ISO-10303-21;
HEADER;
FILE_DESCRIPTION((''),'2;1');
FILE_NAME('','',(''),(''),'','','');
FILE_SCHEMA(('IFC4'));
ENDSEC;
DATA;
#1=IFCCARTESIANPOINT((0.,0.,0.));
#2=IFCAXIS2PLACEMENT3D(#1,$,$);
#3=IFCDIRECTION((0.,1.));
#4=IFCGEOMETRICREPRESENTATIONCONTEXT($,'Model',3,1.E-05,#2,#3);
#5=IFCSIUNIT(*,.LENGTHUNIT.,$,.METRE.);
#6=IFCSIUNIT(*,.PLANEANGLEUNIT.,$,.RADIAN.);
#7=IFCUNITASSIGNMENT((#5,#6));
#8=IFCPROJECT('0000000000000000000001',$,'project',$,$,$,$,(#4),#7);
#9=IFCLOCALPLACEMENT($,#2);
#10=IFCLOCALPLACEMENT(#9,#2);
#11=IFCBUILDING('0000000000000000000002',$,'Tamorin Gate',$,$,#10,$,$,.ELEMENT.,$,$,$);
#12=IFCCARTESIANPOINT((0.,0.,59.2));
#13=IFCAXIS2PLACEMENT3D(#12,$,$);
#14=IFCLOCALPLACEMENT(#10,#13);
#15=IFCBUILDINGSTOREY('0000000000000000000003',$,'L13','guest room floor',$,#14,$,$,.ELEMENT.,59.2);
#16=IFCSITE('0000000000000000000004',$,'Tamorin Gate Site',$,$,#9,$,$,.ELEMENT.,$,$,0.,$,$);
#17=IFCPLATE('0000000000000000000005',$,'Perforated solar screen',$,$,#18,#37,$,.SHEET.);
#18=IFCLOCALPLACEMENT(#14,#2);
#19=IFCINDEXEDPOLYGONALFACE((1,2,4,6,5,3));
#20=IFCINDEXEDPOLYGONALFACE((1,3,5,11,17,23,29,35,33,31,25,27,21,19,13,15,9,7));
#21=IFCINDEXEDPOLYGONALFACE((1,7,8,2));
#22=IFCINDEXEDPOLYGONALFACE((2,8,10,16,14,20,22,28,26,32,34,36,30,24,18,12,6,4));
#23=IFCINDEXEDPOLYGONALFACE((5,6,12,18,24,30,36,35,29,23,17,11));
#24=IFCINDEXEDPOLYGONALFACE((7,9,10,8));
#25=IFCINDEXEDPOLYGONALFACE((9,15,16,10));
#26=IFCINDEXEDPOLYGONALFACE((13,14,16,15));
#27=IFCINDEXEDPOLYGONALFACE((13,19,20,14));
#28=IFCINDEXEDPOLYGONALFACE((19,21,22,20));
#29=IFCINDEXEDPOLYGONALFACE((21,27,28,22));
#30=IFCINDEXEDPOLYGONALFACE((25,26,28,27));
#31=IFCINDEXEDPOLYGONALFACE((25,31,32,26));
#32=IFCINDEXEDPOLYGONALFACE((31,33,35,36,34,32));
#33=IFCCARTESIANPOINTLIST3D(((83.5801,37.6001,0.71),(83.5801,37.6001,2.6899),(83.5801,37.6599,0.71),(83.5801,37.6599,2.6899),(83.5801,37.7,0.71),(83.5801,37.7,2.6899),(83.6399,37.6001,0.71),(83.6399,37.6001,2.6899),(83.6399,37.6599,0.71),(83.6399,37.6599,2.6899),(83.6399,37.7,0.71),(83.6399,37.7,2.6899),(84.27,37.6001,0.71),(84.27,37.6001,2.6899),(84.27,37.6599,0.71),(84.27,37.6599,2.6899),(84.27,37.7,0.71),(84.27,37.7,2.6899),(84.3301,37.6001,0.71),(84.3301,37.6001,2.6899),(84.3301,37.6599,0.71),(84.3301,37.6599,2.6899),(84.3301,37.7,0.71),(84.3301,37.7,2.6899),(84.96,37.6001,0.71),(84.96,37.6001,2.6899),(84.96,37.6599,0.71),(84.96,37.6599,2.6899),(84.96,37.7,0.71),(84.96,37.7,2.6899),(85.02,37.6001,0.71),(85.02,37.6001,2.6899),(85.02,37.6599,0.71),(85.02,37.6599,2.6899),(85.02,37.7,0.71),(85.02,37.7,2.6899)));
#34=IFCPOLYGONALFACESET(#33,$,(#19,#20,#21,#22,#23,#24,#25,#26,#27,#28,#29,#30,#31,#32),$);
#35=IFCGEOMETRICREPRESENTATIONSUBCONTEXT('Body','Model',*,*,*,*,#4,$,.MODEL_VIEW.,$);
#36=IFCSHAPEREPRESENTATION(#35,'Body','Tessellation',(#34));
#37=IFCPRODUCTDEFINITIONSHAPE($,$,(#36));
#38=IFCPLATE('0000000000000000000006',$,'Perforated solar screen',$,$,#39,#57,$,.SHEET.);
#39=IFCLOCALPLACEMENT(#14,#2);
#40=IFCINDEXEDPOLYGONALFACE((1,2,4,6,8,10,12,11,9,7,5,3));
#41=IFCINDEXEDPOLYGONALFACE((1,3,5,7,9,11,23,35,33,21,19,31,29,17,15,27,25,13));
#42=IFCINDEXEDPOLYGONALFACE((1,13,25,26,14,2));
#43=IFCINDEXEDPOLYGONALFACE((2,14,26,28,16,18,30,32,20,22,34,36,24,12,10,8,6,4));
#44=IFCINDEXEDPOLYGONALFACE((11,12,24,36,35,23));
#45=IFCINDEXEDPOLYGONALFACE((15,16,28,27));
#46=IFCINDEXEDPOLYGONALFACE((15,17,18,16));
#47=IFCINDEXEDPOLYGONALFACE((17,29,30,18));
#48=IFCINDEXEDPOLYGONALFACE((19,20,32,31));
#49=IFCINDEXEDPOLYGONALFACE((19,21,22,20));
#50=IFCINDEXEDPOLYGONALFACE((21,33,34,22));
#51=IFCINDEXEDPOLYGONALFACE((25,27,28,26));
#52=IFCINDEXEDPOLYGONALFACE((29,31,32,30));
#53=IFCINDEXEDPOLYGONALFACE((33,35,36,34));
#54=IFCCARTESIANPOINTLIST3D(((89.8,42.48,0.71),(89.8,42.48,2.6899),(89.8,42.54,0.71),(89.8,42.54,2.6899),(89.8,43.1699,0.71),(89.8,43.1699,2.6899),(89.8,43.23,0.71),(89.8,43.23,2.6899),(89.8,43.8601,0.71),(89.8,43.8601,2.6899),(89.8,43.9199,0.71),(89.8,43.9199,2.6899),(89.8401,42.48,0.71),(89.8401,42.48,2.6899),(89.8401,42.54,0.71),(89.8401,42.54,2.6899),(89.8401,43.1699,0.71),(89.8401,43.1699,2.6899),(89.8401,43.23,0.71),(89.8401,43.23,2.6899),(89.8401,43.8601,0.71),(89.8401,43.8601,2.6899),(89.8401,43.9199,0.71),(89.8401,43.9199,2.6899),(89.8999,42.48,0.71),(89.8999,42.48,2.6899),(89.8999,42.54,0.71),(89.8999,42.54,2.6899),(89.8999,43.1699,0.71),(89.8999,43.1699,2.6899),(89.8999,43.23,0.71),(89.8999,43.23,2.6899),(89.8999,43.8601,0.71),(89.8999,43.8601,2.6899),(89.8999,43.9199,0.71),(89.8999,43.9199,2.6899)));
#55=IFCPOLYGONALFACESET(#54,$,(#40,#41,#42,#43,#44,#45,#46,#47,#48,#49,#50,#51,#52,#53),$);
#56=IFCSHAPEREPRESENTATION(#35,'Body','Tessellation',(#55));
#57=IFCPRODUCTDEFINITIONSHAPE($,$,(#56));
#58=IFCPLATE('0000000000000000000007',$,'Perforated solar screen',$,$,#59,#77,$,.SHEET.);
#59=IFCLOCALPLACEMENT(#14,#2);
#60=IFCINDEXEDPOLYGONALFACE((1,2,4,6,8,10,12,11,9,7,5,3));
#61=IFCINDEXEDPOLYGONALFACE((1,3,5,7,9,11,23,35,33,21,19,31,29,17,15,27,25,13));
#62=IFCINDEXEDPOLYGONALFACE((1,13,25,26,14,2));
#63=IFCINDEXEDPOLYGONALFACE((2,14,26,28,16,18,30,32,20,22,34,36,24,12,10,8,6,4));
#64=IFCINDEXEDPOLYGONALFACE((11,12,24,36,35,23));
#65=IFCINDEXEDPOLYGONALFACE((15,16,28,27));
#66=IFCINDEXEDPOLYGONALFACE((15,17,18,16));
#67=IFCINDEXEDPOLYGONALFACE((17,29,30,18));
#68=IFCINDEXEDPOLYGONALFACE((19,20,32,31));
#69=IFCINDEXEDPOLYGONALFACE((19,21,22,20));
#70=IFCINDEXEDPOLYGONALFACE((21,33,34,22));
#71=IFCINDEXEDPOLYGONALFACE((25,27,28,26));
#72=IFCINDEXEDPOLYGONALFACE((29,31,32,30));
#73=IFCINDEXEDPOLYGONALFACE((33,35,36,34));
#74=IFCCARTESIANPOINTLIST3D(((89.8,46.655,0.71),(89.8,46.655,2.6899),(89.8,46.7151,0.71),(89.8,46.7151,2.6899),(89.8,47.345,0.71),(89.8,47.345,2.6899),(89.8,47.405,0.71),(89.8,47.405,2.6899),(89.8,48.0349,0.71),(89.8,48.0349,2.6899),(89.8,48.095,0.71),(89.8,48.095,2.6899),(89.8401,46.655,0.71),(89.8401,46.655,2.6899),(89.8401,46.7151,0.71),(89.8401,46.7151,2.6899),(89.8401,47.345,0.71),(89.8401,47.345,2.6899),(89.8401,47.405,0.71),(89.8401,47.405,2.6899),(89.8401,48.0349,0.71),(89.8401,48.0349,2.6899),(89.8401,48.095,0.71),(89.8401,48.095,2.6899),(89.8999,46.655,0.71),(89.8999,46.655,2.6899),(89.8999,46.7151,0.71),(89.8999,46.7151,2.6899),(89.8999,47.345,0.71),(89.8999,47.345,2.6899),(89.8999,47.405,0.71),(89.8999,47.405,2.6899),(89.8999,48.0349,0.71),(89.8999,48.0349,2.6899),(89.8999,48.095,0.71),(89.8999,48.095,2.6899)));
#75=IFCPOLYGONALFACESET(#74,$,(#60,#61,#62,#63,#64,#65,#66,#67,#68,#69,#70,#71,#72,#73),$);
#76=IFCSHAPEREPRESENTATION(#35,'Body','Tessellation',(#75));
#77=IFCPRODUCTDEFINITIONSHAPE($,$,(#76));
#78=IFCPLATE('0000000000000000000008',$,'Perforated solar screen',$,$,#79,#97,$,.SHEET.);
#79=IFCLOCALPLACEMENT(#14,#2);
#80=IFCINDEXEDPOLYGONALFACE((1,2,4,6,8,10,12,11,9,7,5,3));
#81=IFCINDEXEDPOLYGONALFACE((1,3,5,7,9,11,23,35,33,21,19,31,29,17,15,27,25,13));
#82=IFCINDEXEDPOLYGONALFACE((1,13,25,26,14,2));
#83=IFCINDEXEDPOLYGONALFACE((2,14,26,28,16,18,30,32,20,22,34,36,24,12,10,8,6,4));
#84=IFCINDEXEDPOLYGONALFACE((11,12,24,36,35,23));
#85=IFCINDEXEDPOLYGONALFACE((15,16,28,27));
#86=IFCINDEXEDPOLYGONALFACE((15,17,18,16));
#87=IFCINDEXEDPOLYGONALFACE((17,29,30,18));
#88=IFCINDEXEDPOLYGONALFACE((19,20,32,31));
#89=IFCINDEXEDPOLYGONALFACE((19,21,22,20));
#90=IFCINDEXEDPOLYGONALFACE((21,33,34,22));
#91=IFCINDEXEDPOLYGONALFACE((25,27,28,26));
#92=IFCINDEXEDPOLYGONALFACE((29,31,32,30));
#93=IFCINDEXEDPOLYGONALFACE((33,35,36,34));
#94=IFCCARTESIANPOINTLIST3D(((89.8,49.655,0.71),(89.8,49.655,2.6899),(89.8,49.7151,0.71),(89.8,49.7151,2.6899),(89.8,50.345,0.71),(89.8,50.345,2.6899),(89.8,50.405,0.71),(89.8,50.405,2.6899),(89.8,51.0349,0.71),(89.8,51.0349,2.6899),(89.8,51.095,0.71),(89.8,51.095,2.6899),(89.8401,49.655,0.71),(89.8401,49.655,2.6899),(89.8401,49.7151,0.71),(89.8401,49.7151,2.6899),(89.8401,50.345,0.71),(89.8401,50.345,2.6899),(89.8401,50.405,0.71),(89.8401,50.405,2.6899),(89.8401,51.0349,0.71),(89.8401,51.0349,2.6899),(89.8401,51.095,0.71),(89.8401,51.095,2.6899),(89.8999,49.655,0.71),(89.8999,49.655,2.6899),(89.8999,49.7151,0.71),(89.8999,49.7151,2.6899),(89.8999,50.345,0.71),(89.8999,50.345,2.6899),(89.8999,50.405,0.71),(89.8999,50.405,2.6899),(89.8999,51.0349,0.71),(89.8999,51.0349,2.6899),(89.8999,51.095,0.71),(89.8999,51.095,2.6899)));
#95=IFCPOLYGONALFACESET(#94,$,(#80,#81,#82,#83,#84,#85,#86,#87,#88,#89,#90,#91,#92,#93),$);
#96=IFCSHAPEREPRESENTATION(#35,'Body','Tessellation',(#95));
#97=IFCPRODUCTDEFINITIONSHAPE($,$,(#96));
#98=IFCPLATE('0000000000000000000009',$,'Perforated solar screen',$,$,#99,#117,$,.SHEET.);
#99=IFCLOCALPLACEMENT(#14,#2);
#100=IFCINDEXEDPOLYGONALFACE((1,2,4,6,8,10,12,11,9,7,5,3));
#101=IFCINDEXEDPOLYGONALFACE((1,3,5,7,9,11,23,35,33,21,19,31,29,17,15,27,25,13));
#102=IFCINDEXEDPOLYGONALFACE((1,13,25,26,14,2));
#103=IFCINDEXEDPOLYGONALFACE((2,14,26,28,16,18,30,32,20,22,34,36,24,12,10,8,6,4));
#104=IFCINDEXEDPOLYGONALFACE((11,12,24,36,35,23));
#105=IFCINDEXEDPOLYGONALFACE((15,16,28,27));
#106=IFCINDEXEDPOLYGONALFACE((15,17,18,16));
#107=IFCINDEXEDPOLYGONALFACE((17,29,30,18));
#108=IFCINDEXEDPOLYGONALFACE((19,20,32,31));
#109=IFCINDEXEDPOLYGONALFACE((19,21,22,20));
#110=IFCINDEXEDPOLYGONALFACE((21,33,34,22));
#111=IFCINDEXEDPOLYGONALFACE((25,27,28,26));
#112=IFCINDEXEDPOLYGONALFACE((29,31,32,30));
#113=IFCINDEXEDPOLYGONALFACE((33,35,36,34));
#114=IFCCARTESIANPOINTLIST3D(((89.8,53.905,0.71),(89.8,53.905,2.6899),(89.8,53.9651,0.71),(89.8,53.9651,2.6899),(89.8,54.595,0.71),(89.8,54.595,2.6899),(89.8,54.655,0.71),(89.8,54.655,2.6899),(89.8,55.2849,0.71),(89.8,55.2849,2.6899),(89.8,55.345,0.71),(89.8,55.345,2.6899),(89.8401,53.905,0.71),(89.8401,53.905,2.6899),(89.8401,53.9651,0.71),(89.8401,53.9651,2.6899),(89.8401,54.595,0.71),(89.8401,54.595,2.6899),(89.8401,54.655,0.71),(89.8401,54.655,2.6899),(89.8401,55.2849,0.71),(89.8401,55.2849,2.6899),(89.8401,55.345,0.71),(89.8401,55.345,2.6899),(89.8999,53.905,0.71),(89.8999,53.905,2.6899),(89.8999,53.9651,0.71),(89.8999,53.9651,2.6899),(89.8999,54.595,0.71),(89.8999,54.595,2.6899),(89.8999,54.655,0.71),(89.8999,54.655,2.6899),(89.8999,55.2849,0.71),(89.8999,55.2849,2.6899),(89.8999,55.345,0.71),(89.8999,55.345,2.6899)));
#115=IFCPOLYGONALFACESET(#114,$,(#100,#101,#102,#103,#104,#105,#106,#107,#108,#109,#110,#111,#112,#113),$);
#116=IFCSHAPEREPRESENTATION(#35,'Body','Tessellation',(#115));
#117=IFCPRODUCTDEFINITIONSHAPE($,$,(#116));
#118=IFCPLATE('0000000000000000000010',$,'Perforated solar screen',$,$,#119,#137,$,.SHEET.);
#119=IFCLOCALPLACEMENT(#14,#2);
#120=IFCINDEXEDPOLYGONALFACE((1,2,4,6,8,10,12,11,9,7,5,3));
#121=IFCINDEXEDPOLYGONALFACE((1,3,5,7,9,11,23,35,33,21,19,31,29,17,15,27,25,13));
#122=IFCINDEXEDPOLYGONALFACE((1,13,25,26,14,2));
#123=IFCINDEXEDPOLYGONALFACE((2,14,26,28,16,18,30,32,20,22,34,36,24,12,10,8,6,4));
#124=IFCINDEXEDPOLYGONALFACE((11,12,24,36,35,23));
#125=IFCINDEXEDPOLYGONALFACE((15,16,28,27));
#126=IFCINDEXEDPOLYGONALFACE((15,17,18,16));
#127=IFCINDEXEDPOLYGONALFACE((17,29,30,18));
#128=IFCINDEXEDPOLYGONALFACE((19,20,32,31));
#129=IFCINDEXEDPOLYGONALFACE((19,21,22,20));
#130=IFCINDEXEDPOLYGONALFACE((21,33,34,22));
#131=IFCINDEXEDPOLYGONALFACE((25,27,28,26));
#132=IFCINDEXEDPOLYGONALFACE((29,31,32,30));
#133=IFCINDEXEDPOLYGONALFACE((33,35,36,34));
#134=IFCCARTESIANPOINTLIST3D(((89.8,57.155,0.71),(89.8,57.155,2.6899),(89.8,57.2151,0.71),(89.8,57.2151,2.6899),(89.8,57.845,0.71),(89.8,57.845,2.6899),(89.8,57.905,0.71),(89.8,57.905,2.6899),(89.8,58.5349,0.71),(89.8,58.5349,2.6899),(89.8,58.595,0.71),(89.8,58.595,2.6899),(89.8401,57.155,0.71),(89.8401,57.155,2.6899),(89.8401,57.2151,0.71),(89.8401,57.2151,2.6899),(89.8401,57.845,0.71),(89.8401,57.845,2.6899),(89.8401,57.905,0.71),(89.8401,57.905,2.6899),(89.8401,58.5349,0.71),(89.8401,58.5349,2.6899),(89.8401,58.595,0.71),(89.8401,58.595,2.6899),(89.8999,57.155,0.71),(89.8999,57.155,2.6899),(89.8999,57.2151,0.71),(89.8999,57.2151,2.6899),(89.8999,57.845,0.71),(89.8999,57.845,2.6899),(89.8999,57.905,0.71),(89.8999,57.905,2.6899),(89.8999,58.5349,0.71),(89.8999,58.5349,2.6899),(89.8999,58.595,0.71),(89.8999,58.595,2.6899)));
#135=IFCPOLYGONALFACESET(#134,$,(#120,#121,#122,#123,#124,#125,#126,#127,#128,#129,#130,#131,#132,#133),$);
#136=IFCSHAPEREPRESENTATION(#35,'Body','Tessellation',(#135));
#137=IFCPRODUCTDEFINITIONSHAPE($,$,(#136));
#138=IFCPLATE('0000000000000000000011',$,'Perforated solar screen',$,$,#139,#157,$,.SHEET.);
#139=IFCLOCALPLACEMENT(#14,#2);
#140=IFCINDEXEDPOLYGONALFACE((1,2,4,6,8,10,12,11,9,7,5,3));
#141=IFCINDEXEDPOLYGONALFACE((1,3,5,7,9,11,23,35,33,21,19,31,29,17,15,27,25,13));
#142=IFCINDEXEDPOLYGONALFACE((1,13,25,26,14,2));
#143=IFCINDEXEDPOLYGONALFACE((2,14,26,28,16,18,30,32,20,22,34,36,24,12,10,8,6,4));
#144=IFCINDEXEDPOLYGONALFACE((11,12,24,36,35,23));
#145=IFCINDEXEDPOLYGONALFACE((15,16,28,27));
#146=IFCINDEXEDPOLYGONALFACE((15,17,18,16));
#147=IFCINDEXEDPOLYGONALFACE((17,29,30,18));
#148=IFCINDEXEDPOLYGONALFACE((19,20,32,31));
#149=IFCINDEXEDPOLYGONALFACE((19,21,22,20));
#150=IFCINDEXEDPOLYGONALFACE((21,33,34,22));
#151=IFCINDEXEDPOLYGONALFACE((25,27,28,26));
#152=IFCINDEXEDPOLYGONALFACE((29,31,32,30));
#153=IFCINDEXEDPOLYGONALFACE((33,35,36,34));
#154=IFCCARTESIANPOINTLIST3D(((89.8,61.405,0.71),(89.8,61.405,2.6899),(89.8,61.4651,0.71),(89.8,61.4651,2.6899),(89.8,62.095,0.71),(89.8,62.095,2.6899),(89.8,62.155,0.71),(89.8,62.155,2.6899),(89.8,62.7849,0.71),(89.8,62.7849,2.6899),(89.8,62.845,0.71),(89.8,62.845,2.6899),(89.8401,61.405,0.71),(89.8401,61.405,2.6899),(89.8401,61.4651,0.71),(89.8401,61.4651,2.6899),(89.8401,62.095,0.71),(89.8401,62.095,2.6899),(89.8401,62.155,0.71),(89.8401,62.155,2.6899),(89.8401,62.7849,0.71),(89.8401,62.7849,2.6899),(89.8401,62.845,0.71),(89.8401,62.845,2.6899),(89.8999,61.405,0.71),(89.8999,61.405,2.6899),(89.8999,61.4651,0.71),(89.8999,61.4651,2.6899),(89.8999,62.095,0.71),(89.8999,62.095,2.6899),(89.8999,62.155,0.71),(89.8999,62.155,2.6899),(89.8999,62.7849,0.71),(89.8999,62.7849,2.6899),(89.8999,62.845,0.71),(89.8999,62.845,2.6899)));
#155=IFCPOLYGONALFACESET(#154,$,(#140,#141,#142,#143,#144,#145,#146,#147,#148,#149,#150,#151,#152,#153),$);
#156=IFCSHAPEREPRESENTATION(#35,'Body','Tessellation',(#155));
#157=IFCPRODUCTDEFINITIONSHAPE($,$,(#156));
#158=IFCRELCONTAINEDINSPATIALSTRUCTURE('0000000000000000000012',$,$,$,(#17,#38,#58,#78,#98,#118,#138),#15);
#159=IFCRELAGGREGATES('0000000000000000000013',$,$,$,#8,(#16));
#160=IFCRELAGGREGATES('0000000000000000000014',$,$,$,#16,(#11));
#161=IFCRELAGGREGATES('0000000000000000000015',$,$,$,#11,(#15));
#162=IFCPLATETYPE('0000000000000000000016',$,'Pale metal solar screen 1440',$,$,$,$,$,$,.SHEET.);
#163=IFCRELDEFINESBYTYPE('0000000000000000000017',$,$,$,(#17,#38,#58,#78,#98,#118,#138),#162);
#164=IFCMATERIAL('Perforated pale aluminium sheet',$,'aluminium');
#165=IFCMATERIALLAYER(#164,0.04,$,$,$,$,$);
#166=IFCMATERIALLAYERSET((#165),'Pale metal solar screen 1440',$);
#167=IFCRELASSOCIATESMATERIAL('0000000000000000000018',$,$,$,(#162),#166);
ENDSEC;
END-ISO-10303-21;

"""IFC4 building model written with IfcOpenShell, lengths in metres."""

from ifc_helpers import new_model, si_unit, direction, frame, origin, place, context, subcontext, project, spatial, polyline, outline, extrude, material, layer, layer_set, type_object, element, save


model = new_model("IFC4")

# Units and contexts
model_context = context("Model", 3, precision=1e-05, world=origin(), true_north=direction((0.0, 1.0)))
body_context = subcontext(model_context, "Body", "Model", "MODEL_VIEW")
ifc_project = project(units=[si_unit("LENGTHUNIT", "METRE"), si_unit("PLANEANGLEUNIT", "RADIAN")], contexts=[model_context])

# Site, building, storey
site_placement = place(None, origin())
site = spatial("IfcSite", under=ifc_project, at=site_placement, Name="Tamorin Gate Site", CompositionType="ELEMENT", RefElevation=0.0)
building_placement = place(site_placement, origin())
building = spatial("IfcBuilding", under=site, at=building_placement, Name="Tamorin Gate", CompositionType="ELEMENT")
storey_placement = place(building_placement, frame((0.0, 0.0, 59.2)))
storey = spatial("IfcBuildingStorey", under=building, at=storey_placement, Name="L13", Description="guest room floor", CompositionType="ELEMENT", Elevation=59.2)

# Plates
ifc_material_1 = material(Name="Perforated pale aluminium sheet", Category="aluminium")
ifc_layer_1 = layer(ifc_material_1, 0.04)
ifc_layer_set_1 = layer_set([ifc_layer_1], Name="Pale metal solar screen 1440")
plate_type = type_object("IfcPlateType", Name="Pale metal solar screen 1440", PredefinedType="SHEET", material=ifc_layer_set_1)
plate_1_placement = place(storey_placement, frame((0.0, 0.0, 0.71)))
element("IfcPlate", 1, at=plate_1_placement, inside=storey, type_object=plate_type, Name="Perforated solar screen", PredefinedType="SHEET", context=body_context, shape_type="SweptSolid", body=[
    extrude(outline(polyline([(83.5801, 37.6599), (83.5801, 37.7), (83.6399, 37.7), (84.27, 37.7), (84.3301, 37.7), (84.96, 37.7), (85.02, 37.7), (85.02, 37.6599), (85.02, 37.6001), (84.96, 37.6001), (84.96, 37.6599), (84.3301, 37.6599), (84.3301, 37.6001), (84.27, 37.6001), (84.27, 37.6599), (83.6399, 37.6599), (83.6399, 37.6001), (83.5801, 37.6001), (83.5801, 37.6599)])), origin(), (0.0, 0.0, 1.0), 1.98),
])
plate_2_placement = place(storey_placement, frame((0.0, 0.0, 0.71)))
element("IfcPlate", 2, at=plate_2_placement, inside=storey, type_object=plate_type, Name="Perforated solar screen", PredefinedType="SHEET", context=body_context, shape_type="SweptSolid", body=[
    extrude(outline(polyline([(89.8401, 42.48), (89.8, 42.48), (89.8, 42.54), (89.8, 43.1699), (89.8, 43.23), (89.8, 43.8601), (89.8, 43.9199), (89.8401, 43.9199), (89.8999, 43.9199), (89.8999, 43.8601), (89.8401, 43.8601), (89.8401, 43.23), (89.8999, 43.23), (89.8999, 43.1699), (89.8401, 43.1699), (89.8401, 42.54), (89.8999, 42.54), (89.8999, 42.48), (89.8401, 42.48)])), origin(), (0.0, 0.0, 1.0), 1.98),
])
plate_3_placement = place(storey_placement, frame((0.0, 0.0, 0.71)))
element("IfcPlate", 3, at=plate_3_placement, inside=storey, type_object=plate_type, Name="Perforated solar screen", PredefinedType="SHEET", context=body_context, shape_type="SweptSolid", body=[
    extrude(outline(polyline([(89.8401, 46.655), (89.8, 46.655), (89.8, 46.7151), (89.8, 47.345), (89.8, 47.405), (89.8, 48.0349), (89.8, 48.095), (89.8, 48.095), (89.8401, 48.095), (89.8401, 48.095), (89.8999, 48.095), (89.8999, 48.0349), (89.8401, 48.0349), (89.8401, 47.405), (89.8999, 47.405), (89.8999, 47.345), (89.8401, 47.345), (89.8401, 46.7151), (89.8999, 46.7151), (89.8999, 46.655), (89.8401, 46.655)])), origin(), (0.0, 0.0, 1.0), 1.98),
])
plate_4_placement = place(storey_placement, frame((0.0, 0.0, 0.71)))
element("IfcPlate", 4, at=plate_4_placement, inside=storey, type_object=plate_type, Name="Perforated solar screen", PredefinedType="SHEET", context=body_context, shape_type="SweptSolid", body=[
    extrude(outline(polyline([(89.8401, 49.655), (89.8, 49.655), (89.8, 49.7151), (89.8, 50.345), (89.8, 50.405), (89.8, 51.0349), (89.8, 51.095), (89.8401, 51.095), (89.8999, 51.095), (89.8999, 51.0349), (89.8401, 51.0349), (89.8401, 50.405), (89.8999, 50.405), (89.8999, 50.345), (89.8401, 50.345), (89.8401, 49.7151), (89.8999, 49.7151), (89.8999, 49.655), (89.8401, 49.655)])), origin(), (0.0, 0.0, 1.0), 1.98),
])
plate_5_placement = place(storey_placement, frame((0.0, 0.0, 0.71)))
element("IfcPlate", 5, at=plate_5_placement, inside=storey, type_object=plate_type, Name="Perforated solar screen", PredefinedType="SHEET", context=body_context, shape_type="SweptSolid", body=[
    extrude(outline(polyline([(89.8401, 53.905), (89.8, 53.905), (89.8, 53.9651), (89.8, 54.595), (89.8, 54.655), (89.8, 55.2849), (89.8, 55.345), (89.8401, 55.345), (89.8999, 55.345), (89.8999, 55.2849), (89.8401, 55.2849), (89.8401, 54.655), (89.8999, 54.655), (89.8999, 54.595), (89.8401, 54.595), (89.8401, 53.9651), (89.8999, 53.9651), (89.8999, 53.905), (89.8401, 53.905)])), origin(), (0.0, 0.0, 1.0), 1.98),
])
plate_6_placement = place(storey_placement, frame((0.0, 0.0, 0.71)))
element("IfcPlate", 6, at=plate_6_placement, inside=storey, type_object=plate_type, Name="Perforated solar screen", PredefinedType="SHEET", context=body_context, shape_type="SweptSolid", body=[
    extrude(outline(polyline([(89.8401, 57.155), (89.8, 57.155), (89.8, 57.2151), (89.8, 57.845), (89.8, 57.905), (89.8, 58.5349), (89.8, 58.595), (89.8401, 58.595), (89.8999, 58.595), (89.8999, 58.5349), (89.8401, 58.5349), (89.8401, 57.905), (89.8999, 57.905), (89.8999, 57.845), (89.8401, 57.845), (89.8401, 57.2151), (89.8999, 57.2151), (89.8999, 57.155), (89.8401, 57.155)])), origin(), (0.0, 0.0, 1.0), 1.98),
])
plate_7_placement = place(storey_placement, frame((0.0, 0.0, 0.71)))
element("IfcPlate", 7, at=plate_7_placement, inside=storey, type_object=plate_type, Name="Perforated solar screen", PredefinedType="SHEET", context=body_context, shape_type="SweptSolid", body=[
    extrude(outline(polyline([(89.8401, 61.405), (89.8, 61.405), (89.8, 61.4651), (89.8, 62.095), (89.8, 62.155), (89.8, 62.7849), (89.8, 62.845), (89.8401, 62.845), (89.8999, 62.845), (89.8999, 62.7849), (89.8401, 62.7849), (89.8401, 62.155), (89.8999, 62.155), (89.8999, 62.095), (89.8401, 62.095), (89.8401, 61.4651), (89.8999, 61.4651), (89.8999, 61.405), (89.8401, 61.405)])), origin(), (0.0, 0.0, 1.0), 1.98),
])

save(model, "model.ifc")
